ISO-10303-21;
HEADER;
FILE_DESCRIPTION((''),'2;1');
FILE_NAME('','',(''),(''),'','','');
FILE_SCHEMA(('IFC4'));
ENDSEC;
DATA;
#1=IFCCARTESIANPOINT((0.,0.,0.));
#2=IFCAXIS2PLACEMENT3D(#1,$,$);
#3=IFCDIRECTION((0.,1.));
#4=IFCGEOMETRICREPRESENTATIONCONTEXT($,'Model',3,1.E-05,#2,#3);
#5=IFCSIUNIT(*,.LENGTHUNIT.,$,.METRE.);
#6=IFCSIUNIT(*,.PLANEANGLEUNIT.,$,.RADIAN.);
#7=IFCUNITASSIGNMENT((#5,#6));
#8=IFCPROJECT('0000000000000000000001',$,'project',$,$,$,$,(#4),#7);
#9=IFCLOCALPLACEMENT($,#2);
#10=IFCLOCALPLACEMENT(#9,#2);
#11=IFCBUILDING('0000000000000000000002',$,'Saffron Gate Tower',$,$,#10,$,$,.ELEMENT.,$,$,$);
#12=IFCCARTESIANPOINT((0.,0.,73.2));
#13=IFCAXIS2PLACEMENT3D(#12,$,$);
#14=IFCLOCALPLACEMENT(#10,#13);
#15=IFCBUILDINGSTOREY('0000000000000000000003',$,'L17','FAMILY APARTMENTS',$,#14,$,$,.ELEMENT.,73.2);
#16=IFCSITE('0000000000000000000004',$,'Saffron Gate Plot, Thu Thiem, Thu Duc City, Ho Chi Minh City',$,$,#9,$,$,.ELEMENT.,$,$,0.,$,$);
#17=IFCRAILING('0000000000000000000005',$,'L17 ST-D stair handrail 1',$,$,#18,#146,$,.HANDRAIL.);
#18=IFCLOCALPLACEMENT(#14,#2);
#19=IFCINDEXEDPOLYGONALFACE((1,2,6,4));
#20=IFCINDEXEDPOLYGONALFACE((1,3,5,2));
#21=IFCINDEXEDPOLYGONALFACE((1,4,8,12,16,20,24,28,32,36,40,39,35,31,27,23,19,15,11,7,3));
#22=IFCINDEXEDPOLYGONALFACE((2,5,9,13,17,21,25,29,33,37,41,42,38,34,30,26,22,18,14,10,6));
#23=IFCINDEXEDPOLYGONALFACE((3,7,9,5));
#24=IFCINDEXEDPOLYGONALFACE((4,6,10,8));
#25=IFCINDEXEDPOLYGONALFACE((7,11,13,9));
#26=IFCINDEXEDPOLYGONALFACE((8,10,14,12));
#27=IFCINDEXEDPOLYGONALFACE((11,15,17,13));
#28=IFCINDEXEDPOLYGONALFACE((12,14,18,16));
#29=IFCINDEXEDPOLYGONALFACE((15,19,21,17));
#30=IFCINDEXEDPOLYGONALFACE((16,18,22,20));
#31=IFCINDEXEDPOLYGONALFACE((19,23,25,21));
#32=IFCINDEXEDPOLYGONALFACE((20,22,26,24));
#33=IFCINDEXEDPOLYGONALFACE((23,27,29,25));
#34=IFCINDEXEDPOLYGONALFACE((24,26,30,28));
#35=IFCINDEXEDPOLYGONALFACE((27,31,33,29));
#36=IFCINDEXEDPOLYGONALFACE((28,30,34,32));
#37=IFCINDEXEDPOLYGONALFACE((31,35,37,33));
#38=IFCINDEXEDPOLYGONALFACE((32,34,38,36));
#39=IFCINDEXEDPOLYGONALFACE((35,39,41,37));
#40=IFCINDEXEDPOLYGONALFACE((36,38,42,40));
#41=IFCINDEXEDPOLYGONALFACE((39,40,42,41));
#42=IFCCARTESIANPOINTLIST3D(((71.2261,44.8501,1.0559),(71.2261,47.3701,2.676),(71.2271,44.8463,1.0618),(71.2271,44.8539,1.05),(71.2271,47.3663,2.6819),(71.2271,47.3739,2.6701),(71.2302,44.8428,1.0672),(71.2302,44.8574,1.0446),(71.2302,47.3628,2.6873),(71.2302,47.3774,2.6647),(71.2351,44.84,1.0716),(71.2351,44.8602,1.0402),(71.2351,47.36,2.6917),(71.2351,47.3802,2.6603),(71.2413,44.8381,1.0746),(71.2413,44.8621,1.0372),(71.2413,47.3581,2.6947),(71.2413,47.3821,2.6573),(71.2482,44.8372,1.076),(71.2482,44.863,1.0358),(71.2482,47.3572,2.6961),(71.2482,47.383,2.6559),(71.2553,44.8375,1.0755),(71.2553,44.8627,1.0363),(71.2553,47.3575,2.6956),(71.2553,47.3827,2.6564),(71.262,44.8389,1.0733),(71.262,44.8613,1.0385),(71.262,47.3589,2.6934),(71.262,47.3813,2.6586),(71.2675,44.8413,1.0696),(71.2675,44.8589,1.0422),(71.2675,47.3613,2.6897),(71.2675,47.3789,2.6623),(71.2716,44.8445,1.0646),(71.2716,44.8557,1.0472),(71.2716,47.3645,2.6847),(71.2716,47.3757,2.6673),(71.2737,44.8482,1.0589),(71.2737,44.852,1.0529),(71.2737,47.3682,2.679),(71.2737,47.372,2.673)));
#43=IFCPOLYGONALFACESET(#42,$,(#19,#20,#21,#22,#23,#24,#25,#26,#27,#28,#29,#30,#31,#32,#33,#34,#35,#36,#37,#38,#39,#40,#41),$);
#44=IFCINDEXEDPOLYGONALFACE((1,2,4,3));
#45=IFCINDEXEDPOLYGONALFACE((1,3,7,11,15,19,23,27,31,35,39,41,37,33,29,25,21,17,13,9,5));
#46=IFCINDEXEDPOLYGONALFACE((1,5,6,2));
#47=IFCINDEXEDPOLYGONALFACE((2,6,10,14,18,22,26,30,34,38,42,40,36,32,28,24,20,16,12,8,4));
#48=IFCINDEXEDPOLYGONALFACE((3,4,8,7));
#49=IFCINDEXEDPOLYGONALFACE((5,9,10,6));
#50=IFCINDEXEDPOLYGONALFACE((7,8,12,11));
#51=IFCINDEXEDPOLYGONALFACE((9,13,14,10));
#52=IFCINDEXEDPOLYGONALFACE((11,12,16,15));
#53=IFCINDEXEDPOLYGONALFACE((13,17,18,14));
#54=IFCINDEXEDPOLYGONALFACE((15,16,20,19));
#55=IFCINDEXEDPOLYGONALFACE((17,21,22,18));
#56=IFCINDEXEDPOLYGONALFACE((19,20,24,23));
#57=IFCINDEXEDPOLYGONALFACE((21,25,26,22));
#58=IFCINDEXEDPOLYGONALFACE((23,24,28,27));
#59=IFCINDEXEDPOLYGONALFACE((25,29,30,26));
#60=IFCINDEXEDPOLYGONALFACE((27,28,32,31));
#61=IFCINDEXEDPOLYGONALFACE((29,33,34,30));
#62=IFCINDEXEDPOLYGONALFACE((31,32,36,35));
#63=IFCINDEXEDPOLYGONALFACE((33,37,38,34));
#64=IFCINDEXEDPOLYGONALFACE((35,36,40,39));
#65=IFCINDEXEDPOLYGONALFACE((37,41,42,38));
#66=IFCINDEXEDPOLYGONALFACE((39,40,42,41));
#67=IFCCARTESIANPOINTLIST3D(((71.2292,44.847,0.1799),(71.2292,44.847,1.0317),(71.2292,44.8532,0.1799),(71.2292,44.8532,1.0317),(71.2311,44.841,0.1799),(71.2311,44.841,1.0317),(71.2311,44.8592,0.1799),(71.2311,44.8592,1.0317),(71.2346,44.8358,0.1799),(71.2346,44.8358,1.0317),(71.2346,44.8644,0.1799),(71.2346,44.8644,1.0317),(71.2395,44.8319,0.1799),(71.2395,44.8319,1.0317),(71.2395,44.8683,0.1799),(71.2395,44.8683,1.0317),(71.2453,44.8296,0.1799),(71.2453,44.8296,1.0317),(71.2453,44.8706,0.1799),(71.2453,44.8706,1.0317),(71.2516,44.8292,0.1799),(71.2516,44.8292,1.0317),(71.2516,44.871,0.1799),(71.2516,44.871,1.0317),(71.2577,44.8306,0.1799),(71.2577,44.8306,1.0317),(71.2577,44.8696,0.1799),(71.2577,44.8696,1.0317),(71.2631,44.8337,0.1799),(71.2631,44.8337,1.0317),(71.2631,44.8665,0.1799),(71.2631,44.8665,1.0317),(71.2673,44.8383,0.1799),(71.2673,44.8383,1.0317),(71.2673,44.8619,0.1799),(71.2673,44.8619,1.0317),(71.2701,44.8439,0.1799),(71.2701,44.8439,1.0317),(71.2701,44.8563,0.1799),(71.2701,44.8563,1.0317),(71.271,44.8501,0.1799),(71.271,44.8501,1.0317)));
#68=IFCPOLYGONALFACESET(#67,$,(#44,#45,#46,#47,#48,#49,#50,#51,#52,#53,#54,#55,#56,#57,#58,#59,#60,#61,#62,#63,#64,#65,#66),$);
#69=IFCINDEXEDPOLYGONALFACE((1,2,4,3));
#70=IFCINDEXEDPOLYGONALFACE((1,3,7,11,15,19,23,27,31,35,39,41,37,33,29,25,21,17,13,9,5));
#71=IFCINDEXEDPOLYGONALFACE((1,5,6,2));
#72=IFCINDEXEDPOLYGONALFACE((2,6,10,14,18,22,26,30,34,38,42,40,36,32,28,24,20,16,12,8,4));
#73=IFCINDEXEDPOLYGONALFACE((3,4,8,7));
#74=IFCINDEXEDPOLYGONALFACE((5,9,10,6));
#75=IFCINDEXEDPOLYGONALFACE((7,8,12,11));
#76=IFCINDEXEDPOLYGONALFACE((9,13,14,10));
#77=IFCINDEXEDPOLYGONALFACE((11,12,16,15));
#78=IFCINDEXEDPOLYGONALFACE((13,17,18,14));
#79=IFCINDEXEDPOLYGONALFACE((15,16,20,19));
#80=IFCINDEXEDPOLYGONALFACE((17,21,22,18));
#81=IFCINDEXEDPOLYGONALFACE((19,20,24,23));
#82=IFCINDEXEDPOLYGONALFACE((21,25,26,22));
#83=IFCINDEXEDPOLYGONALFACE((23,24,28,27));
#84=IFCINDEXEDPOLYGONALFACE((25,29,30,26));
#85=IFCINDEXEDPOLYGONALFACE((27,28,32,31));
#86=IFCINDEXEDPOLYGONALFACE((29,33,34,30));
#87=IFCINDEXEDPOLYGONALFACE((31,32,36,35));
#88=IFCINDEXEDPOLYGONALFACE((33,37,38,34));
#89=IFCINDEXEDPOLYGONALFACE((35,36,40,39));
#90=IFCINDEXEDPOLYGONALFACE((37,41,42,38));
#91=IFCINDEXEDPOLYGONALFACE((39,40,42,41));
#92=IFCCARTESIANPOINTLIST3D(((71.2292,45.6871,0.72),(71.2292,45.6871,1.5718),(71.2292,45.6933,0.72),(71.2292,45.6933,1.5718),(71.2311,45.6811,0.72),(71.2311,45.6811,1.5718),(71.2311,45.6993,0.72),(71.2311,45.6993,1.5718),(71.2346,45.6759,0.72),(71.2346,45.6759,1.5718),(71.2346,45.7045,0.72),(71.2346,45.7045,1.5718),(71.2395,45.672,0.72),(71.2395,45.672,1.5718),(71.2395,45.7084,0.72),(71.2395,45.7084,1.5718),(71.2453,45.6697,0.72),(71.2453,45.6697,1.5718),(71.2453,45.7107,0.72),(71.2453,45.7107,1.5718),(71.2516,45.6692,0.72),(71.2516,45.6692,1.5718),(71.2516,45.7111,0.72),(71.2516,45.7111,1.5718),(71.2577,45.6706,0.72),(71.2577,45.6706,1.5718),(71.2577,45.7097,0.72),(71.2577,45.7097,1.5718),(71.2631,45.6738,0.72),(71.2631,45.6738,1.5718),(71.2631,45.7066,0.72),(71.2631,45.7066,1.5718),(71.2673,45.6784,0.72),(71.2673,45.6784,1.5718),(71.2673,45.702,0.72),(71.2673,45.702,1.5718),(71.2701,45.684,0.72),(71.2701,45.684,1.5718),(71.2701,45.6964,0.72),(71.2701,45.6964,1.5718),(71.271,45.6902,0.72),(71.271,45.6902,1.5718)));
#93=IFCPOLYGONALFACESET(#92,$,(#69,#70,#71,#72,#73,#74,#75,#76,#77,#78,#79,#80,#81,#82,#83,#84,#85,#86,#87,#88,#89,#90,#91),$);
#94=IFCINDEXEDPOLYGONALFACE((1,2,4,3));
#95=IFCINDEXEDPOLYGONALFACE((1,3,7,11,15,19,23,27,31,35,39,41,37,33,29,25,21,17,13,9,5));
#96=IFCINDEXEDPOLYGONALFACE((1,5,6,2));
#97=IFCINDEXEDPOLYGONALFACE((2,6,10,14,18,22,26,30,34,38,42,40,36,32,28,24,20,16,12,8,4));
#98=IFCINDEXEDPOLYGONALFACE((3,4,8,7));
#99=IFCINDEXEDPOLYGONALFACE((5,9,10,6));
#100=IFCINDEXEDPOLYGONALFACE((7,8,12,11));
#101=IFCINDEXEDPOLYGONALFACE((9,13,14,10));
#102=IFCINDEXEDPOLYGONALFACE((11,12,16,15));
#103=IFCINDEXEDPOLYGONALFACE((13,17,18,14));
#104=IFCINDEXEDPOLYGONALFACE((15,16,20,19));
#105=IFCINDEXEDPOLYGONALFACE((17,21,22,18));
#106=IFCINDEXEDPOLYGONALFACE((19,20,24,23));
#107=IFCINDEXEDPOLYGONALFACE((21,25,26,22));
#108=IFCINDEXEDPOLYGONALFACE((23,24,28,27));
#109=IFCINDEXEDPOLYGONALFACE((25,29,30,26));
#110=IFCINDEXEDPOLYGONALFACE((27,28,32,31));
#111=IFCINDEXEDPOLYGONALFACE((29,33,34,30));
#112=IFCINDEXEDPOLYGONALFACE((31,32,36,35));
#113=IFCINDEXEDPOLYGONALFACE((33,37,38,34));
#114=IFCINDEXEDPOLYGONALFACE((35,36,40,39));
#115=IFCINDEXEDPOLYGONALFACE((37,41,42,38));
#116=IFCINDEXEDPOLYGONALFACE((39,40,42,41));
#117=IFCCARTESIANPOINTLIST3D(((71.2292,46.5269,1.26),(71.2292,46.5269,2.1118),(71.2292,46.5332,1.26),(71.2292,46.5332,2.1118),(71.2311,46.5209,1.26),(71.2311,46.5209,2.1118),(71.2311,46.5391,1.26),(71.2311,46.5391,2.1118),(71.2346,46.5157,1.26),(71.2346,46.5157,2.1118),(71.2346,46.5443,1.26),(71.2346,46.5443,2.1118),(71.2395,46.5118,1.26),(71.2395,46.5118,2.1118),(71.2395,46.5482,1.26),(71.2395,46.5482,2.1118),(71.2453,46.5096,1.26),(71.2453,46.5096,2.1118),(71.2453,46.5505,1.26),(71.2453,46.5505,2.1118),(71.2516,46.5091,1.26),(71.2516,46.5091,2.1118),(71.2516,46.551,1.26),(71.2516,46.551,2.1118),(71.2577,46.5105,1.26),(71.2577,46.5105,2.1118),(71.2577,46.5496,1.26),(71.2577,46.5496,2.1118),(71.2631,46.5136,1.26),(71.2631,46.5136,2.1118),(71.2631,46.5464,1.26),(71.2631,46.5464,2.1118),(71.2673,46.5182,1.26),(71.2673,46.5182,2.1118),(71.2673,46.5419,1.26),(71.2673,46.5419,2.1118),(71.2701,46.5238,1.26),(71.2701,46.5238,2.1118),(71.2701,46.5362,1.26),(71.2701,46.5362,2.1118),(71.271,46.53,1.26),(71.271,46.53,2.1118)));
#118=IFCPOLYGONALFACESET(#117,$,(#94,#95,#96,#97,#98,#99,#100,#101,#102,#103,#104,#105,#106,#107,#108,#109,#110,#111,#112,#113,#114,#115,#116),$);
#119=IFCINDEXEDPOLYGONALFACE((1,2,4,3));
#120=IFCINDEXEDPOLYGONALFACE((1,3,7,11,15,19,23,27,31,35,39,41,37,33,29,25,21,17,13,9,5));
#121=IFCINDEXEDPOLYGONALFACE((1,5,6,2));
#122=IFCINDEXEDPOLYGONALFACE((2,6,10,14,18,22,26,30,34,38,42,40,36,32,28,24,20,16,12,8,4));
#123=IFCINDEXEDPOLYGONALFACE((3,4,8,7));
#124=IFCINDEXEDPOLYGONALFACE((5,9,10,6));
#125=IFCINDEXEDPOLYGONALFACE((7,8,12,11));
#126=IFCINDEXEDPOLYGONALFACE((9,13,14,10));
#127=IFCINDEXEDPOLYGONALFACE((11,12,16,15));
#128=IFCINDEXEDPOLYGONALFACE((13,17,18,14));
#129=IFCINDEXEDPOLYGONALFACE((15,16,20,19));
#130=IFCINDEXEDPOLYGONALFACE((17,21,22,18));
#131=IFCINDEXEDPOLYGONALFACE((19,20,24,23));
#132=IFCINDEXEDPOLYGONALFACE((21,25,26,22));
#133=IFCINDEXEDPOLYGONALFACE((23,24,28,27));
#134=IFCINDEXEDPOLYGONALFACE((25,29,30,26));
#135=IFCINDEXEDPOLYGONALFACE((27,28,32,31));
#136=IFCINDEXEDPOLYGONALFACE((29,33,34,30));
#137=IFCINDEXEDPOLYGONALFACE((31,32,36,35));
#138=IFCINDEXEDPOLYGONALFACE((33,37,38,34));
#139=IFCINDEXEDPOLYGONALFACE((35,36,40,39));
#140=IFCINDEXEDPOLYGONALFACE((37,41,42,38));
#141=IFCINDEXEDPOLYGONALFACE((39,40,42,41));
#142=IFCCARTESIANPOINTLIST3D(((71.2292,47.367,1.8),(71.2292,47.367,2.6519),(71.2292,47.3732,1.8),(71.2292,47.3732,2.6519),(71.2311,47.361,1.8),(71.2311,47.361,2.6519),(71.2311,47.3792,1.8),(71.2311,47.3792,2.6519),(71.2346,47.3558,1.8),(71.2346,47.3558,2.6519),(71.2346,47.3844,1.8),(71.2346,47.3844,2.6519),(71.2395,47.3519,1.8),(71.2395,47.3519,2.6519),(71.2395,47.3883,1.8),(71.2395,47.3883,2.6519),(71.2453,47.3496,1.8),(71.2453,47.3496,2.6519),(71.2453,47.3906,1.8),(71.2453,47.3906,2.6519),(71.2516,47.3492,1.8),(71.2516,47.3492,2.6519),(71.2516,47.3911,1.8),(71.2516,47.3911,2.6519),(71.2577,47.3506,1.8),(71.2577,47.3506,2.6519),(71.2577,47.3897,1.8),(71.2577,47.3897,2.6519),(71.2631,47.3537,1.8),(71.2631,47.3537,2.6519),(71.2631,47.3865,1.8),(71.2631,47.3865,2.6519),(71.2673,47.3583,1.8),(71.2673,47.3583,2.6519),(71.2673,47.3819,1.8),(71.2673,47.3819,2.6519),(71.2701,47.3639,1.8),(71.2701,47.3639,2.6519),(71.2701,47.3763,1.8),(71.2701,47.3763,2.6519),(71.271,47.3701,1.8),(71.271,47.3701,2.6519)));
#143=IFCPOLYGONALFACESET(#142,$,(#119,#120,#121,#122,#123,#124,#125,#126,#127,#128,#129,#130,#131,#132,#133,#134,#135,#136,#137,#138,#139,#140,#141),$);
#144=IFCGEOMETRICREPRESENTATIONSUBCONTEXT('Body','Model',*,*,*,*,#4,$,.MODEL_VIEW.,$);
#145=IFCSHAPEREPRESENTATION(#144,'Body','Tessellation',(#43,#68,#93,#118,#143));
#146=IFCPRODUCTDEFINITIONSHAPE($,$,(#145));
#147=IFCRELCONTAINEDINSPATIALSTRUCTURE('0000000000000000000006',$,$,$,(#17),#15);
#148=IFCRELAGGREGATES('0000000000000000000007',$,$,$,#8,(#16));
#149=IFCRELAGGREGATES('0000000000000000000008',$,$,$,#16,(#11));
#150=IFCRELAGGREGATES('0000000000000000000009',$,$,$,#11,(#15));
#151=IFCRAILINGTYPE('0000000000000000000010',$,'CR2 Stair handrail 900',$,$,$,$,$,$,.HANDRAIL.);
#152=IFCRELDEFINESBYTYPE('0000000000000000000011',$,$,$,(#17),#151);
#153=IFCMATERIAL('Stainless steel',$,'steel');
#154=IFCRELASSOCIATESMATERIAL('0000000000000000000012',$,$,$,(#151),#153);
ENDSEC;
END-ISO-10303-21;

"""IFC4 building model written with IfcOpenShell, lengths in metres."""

from ifc_helpers import new_model, si_unit, direction, frame, origin, origin_2d, place, context, subcontext, project, spatial, circle, extrude, material, type_object, element, save


model = new_model("IFC4")

# Units and contexts
model_context = context("Model", 3, precision=1e-05, world=origin(), true_north=direction((0.0, 1.0)))
body_context = subcontext(model_context, "Body", "Model", "MODEL_VIEW")
ifc_project = project(units=[si_unit("LENGTHUNIT", "METRE"), si_unit("PLANEANGLEUNIT", "RADIAN")], contexts=[model_context])

# Site, building, storey
site_placement = place(None, origin())
site = spatial("IfcSite", under=ifc_project, at=site_placement, Name="Saffron Gate Plot, Thu Thiem, Thu Duc City, Ho Chi Minh City", CompositionType="ELEMENT", RefElevation=0.0)
building_placement = place(site_placement, origin())
building = spatial("IfcBuilding", under=site, at=building_placement, Name="Saffron Gate Tower", CompositionType="ELEMENT")
storey_placement = place(building_placement, frame((0.0, 0.0, 73.2)))
storey = spatial("IfcBuildingStorey", under=building, at=storey_placement, Name="L17", Description="FAMILY APARTMENTS", CompositionType="ELEMENT", Elevation=73.2)

# Railing
ifc_material_1 = material(Name="Stainless steel", Category="steel")
railing_type_1 = type_object("IfcRailingType", Name="CR2 Stair handrail 900", PredefinedType="HANDRAIL", material=ifc_material_1)
railing_1_placement = place(storey_placement, frame((71.25, 44.8501, 0.1799)))
element("IfcRailing", 1, at=railing_1_placement, inside=storey, type_object=railing_type_1, Name="L17 ST-D stair handrail 1", PredefinedType="HANDRAIL", context=body_context, shape_type="SweptSolid", body=[
    extrude(circle(Radius=0.0239, at=origin_2d()), frame((0.0, 0.0, 0.876), z_axis=(0.0, 0.841163, 0.540782), x_axis=(-1.0, 0.0, 0.0)), (0.0, 0.0, 1.0), 2.9958),
    extrude(circle(Radius=0.021, at=origin_2d()), origin(), (0.0, 0.0, 1.0), 0.8518),
    extrude(circle(Radius=0.021, at=origin_2d()), frame((0.0, 0.8401, 0.54)), (0.0, 0.0, 1.0), 0.8518),
    extrude(circle(Radius=0.021, at=origin_2d()), frame((0.0, 1.6799, 1.0801)), (0.0, 0.0, 1.0), 0.8518),
    extrude(circle(Radius=0.021, at=origin_2d()), frame((0.0, 2.52, 1.6201)), (0.0, 0.0, 1.0), 0.8518),
])

save(model, "model.ifc")
